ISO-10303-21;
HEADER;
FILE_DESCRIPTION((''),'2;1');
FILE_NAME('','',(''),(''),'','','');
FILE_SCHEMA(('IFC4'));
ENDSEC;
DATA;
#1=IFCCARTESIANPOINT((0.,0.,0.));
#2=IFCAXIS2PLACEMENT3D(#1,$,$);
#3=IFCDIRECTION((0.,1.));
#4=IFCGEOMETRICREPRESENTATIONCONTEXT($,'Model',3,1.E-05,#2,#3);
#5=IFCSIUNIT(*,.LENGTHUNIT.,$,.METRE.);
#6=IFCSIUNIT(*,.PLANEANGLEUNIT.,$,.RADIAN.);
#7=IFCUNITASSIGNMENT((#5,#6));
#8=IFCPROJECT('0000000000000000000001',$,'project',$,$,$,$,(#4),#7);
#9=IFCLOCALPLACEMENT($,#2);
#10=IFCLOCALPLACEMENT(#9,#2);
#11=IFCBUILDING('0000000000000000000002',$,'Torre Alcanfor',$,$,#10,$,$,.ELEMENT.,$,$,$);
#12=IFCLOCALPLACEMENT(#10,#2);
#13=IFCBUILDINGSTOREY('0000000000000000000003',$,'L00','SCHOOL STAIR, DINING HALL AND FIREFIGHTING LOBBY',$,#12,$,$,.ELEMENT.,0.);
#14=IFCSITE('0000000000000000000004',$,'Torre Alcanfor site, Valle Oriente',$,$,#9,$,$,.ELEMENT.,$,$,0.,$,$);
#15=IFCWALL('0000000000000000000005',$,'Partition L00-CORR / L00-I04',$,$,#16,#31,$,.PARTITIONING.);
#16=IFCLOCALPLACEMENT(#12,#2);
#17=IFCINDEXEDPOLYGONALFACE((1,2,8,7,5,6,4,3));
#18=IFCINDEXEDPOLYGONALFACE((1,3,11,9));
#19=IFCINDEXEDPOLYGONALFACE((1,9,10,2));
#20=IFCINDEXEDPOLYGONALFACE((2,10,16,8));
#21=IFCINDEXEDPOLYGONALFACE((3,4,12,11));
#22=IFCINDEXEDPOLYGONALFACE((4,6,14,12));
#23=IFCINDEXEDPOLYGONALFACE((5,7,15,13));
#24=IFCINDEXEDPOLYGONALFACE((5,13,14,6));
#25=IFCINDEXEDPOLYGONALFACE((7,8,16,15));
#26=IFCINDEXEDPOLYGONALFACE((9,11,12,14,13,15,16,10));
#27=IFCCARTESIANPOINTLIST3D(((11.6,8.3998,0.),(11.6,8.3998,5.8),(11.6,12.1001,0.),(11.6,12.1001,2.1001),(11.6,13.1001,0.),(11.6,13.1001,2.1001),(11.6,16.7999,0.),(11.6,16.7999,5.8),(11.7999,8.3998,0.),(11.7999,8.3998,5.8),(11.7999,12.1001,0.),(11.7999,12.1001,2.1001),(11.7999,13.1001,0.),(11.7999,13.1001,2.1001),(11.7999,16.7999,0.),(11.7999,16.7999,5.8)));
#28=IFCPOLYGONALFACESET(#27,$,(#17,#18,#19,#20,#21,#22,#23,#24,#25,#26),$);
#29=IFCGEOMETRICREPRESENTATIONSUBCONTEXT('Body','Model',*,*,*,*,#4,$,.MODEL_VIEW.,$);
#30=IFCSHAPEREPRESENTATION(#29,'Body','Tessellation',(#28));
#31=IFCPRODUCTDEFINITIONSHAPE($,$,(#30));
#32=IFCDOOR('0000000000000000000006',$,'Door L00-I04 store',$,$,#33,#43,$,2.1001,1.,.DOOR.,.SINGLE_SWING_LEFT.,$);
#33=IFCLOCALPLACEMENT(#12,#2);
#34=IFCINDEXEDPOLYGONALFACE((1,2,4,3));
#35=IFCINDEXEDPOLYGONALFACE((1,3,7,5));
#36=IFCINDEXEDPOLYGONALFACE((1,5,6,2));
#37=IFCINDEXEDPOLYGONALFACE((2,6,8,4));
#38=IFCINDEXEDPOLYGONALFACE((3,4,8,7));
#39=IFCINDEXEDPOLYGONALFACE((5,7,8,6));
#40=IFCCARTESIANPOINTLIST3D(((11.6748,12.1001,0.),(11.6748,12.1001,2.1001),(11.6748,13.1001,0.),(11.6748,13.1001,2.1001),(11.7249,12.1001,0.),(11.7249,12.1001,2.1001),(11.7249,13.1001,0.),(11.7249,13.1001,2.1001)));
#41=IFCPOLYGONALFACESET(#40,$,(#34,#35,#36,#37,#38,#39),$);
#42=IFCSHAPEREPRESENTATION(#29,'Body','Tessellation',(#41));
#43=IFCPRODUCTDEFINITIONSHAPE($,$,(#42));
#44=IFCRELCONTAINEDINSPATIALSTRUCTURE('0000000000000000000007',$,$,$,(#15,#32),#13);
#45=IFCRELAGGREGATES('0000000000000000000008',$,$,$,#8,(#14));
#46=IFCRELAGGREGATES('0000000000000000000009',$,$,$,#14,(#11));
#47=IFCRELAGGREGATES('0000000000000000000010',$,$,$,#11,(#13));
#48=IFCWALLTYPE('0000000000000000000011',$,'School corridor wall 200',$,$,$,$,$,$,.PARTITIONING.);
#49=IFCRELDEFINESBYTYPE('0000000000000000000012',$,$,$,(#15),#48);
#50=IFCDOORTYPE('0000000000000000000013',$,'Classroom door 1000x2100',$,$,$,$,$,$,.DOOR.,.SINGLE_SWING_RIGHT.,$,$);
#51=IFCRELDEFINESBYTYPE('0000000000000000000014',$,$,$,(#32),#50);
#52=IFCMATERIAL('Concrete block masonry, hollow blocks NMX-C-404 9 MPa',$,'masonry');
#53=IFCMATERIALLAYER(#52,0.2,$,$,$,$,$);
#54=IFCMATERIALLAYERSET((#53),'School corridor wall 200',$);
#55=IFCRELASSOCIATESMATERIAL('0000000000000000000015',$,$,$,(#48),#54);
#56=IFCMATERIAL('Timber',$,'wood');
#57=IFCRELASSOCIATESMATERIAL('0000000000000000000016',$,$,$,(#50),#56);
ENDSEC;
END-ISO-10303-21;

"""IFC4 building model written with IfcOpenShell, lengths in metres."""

from ifc_helpers import new_model, si_unit, direction, frame, frame_2d, origin, place, context, subcontext, project, spatial, rectangle, extrude, material, layer, layer_set, type_object, element, fill, save


model = new_model("IFC4")

# Units and contexts
model_context = context("Model", 3, precision=1e-05, world=origin(), true_north=direction((0.0, 1.0)))
body_context = subcontext(model_context, "Body", "Model", "MODEL_VIEW")
ifc_project = project(units=[si_unit("LENGTHUNIT", "METRE"), si_unit("PLANEANGLEUNIT", "RADIAN")], contexts=[model_context])

# Site, building, storey
site_placement = place(None, origin())
site = spatial("IfcSite", under=ifc_project, at=site_placement, Name="Torre Alcanfor site, Valle Oriente", CompositionType="ELEMENT", RefElevation=0.0)
building_placement = place(site_placement, origin())
building = spatial("IfcBuilding", under=site, at=building_placement, Name="Torre Alcanfor", CompositionType="ELEMENT")
storey_placement = place(building_placement, origin())
storey = spatial("IfcBuildingStorey", under=building, at=storey_placement, Name="L00", Description="SCHOOL STAIR, DINING HALL AND FIREFIGHTING LOBBY", CompositionType="ELEMENT", Elevation=0.0)

# Shared definitions
ifc_material_1 = material(Name="Concrete block masonry, hollow blocks NMX-C-404 9 MPa", Category="masonry")
ifc_layer_1 = layer(ifc_material_1, 0.2)
ifc_layer_set_1 = layer_set([ifc_layer_1], Name="School corridor wall 200")
wall_type_1 = type_object("IfcWallType", Name="School corridor wall 200", PredefinedType="PARTITIONING", material=ifc_layer_set_1)
ifc_material_2 = material(Name="Timber", Category="wood")
door_type = type_object("IfcDoorType", Name="Classroom door 1000x2100", OperationType="SINGLE_SWING_RIGHT", PredefinedType="DOOR", material=ifc_material_2)

# Wall, opening, door
wall_1_placement = place(storey_placement, frame((11.7, 16.8, 0.0), z_axis=(0.0, 0.0, 1.0), x_axis=(0.0, -1.0, 0.0)))
wall_1 = element("IfcWall", 1, at=wall_1_placement, inside=storey, type_object=wall_type_1, Name="Partition L00-CORR / L00-I04", PredefinedType="PARTITIONING", context=body_context, shape_type="SweptSolid", body=[
    extrude(rectangle(XDim=8.4001, YDim=0.2, at=frame_2d((4.2002, 0.0))), origin(), (0.0, 0.0, 1.0), 5.8),
])
opening_1_placement = place(wall_1_placement, frame((3.7, 0.0, 0.0)))
opening_1 = element("IfcOpeningElement", 2, at=opening_1_placement, cuts=wall_1, PredefinedType="OPENING", context=body_context, shape_type="SweptSolid", body=[
    extrude(rectangle(XDim=1.0, YDim=2.1001, at=frame_2d((0.5, 1.05))), frame((0.0, 0.1099, 0.0), z_axis=(0.0, -1.0, 0.0), x_axis=(1.0, 0.0, 0.0)), (0.0, 0.0, 1.0), 0.22),
])
door_1_placement = place(opening_1_placement, origin())
door_1 = element("IfcDoor", 3, at=door_1_placement, inside=storey, type_object=door_type, Name="Door L00-I04 store", OperationType="SINGLE_SWING_LEFT", OverallHeight=2.1001, OverallWidth=1.0, PredefinedType="DOOR", context=body_context, shape_type="SweptSolid", body=[
    extrude(rectangle(XDim=1.0, YDim=2.1001, at=frame_2d((0.5, 1.05))), frame((0.0, 0.0249, 0.0), z_axis=(0.0, -1.0, 0.0), x_axis=(1.0, 0.0, 0.0)), (0.0, 0.0, 1.0), 0.05),
])
fill(opening_1, door_1)

save(model, "model.ifc")
